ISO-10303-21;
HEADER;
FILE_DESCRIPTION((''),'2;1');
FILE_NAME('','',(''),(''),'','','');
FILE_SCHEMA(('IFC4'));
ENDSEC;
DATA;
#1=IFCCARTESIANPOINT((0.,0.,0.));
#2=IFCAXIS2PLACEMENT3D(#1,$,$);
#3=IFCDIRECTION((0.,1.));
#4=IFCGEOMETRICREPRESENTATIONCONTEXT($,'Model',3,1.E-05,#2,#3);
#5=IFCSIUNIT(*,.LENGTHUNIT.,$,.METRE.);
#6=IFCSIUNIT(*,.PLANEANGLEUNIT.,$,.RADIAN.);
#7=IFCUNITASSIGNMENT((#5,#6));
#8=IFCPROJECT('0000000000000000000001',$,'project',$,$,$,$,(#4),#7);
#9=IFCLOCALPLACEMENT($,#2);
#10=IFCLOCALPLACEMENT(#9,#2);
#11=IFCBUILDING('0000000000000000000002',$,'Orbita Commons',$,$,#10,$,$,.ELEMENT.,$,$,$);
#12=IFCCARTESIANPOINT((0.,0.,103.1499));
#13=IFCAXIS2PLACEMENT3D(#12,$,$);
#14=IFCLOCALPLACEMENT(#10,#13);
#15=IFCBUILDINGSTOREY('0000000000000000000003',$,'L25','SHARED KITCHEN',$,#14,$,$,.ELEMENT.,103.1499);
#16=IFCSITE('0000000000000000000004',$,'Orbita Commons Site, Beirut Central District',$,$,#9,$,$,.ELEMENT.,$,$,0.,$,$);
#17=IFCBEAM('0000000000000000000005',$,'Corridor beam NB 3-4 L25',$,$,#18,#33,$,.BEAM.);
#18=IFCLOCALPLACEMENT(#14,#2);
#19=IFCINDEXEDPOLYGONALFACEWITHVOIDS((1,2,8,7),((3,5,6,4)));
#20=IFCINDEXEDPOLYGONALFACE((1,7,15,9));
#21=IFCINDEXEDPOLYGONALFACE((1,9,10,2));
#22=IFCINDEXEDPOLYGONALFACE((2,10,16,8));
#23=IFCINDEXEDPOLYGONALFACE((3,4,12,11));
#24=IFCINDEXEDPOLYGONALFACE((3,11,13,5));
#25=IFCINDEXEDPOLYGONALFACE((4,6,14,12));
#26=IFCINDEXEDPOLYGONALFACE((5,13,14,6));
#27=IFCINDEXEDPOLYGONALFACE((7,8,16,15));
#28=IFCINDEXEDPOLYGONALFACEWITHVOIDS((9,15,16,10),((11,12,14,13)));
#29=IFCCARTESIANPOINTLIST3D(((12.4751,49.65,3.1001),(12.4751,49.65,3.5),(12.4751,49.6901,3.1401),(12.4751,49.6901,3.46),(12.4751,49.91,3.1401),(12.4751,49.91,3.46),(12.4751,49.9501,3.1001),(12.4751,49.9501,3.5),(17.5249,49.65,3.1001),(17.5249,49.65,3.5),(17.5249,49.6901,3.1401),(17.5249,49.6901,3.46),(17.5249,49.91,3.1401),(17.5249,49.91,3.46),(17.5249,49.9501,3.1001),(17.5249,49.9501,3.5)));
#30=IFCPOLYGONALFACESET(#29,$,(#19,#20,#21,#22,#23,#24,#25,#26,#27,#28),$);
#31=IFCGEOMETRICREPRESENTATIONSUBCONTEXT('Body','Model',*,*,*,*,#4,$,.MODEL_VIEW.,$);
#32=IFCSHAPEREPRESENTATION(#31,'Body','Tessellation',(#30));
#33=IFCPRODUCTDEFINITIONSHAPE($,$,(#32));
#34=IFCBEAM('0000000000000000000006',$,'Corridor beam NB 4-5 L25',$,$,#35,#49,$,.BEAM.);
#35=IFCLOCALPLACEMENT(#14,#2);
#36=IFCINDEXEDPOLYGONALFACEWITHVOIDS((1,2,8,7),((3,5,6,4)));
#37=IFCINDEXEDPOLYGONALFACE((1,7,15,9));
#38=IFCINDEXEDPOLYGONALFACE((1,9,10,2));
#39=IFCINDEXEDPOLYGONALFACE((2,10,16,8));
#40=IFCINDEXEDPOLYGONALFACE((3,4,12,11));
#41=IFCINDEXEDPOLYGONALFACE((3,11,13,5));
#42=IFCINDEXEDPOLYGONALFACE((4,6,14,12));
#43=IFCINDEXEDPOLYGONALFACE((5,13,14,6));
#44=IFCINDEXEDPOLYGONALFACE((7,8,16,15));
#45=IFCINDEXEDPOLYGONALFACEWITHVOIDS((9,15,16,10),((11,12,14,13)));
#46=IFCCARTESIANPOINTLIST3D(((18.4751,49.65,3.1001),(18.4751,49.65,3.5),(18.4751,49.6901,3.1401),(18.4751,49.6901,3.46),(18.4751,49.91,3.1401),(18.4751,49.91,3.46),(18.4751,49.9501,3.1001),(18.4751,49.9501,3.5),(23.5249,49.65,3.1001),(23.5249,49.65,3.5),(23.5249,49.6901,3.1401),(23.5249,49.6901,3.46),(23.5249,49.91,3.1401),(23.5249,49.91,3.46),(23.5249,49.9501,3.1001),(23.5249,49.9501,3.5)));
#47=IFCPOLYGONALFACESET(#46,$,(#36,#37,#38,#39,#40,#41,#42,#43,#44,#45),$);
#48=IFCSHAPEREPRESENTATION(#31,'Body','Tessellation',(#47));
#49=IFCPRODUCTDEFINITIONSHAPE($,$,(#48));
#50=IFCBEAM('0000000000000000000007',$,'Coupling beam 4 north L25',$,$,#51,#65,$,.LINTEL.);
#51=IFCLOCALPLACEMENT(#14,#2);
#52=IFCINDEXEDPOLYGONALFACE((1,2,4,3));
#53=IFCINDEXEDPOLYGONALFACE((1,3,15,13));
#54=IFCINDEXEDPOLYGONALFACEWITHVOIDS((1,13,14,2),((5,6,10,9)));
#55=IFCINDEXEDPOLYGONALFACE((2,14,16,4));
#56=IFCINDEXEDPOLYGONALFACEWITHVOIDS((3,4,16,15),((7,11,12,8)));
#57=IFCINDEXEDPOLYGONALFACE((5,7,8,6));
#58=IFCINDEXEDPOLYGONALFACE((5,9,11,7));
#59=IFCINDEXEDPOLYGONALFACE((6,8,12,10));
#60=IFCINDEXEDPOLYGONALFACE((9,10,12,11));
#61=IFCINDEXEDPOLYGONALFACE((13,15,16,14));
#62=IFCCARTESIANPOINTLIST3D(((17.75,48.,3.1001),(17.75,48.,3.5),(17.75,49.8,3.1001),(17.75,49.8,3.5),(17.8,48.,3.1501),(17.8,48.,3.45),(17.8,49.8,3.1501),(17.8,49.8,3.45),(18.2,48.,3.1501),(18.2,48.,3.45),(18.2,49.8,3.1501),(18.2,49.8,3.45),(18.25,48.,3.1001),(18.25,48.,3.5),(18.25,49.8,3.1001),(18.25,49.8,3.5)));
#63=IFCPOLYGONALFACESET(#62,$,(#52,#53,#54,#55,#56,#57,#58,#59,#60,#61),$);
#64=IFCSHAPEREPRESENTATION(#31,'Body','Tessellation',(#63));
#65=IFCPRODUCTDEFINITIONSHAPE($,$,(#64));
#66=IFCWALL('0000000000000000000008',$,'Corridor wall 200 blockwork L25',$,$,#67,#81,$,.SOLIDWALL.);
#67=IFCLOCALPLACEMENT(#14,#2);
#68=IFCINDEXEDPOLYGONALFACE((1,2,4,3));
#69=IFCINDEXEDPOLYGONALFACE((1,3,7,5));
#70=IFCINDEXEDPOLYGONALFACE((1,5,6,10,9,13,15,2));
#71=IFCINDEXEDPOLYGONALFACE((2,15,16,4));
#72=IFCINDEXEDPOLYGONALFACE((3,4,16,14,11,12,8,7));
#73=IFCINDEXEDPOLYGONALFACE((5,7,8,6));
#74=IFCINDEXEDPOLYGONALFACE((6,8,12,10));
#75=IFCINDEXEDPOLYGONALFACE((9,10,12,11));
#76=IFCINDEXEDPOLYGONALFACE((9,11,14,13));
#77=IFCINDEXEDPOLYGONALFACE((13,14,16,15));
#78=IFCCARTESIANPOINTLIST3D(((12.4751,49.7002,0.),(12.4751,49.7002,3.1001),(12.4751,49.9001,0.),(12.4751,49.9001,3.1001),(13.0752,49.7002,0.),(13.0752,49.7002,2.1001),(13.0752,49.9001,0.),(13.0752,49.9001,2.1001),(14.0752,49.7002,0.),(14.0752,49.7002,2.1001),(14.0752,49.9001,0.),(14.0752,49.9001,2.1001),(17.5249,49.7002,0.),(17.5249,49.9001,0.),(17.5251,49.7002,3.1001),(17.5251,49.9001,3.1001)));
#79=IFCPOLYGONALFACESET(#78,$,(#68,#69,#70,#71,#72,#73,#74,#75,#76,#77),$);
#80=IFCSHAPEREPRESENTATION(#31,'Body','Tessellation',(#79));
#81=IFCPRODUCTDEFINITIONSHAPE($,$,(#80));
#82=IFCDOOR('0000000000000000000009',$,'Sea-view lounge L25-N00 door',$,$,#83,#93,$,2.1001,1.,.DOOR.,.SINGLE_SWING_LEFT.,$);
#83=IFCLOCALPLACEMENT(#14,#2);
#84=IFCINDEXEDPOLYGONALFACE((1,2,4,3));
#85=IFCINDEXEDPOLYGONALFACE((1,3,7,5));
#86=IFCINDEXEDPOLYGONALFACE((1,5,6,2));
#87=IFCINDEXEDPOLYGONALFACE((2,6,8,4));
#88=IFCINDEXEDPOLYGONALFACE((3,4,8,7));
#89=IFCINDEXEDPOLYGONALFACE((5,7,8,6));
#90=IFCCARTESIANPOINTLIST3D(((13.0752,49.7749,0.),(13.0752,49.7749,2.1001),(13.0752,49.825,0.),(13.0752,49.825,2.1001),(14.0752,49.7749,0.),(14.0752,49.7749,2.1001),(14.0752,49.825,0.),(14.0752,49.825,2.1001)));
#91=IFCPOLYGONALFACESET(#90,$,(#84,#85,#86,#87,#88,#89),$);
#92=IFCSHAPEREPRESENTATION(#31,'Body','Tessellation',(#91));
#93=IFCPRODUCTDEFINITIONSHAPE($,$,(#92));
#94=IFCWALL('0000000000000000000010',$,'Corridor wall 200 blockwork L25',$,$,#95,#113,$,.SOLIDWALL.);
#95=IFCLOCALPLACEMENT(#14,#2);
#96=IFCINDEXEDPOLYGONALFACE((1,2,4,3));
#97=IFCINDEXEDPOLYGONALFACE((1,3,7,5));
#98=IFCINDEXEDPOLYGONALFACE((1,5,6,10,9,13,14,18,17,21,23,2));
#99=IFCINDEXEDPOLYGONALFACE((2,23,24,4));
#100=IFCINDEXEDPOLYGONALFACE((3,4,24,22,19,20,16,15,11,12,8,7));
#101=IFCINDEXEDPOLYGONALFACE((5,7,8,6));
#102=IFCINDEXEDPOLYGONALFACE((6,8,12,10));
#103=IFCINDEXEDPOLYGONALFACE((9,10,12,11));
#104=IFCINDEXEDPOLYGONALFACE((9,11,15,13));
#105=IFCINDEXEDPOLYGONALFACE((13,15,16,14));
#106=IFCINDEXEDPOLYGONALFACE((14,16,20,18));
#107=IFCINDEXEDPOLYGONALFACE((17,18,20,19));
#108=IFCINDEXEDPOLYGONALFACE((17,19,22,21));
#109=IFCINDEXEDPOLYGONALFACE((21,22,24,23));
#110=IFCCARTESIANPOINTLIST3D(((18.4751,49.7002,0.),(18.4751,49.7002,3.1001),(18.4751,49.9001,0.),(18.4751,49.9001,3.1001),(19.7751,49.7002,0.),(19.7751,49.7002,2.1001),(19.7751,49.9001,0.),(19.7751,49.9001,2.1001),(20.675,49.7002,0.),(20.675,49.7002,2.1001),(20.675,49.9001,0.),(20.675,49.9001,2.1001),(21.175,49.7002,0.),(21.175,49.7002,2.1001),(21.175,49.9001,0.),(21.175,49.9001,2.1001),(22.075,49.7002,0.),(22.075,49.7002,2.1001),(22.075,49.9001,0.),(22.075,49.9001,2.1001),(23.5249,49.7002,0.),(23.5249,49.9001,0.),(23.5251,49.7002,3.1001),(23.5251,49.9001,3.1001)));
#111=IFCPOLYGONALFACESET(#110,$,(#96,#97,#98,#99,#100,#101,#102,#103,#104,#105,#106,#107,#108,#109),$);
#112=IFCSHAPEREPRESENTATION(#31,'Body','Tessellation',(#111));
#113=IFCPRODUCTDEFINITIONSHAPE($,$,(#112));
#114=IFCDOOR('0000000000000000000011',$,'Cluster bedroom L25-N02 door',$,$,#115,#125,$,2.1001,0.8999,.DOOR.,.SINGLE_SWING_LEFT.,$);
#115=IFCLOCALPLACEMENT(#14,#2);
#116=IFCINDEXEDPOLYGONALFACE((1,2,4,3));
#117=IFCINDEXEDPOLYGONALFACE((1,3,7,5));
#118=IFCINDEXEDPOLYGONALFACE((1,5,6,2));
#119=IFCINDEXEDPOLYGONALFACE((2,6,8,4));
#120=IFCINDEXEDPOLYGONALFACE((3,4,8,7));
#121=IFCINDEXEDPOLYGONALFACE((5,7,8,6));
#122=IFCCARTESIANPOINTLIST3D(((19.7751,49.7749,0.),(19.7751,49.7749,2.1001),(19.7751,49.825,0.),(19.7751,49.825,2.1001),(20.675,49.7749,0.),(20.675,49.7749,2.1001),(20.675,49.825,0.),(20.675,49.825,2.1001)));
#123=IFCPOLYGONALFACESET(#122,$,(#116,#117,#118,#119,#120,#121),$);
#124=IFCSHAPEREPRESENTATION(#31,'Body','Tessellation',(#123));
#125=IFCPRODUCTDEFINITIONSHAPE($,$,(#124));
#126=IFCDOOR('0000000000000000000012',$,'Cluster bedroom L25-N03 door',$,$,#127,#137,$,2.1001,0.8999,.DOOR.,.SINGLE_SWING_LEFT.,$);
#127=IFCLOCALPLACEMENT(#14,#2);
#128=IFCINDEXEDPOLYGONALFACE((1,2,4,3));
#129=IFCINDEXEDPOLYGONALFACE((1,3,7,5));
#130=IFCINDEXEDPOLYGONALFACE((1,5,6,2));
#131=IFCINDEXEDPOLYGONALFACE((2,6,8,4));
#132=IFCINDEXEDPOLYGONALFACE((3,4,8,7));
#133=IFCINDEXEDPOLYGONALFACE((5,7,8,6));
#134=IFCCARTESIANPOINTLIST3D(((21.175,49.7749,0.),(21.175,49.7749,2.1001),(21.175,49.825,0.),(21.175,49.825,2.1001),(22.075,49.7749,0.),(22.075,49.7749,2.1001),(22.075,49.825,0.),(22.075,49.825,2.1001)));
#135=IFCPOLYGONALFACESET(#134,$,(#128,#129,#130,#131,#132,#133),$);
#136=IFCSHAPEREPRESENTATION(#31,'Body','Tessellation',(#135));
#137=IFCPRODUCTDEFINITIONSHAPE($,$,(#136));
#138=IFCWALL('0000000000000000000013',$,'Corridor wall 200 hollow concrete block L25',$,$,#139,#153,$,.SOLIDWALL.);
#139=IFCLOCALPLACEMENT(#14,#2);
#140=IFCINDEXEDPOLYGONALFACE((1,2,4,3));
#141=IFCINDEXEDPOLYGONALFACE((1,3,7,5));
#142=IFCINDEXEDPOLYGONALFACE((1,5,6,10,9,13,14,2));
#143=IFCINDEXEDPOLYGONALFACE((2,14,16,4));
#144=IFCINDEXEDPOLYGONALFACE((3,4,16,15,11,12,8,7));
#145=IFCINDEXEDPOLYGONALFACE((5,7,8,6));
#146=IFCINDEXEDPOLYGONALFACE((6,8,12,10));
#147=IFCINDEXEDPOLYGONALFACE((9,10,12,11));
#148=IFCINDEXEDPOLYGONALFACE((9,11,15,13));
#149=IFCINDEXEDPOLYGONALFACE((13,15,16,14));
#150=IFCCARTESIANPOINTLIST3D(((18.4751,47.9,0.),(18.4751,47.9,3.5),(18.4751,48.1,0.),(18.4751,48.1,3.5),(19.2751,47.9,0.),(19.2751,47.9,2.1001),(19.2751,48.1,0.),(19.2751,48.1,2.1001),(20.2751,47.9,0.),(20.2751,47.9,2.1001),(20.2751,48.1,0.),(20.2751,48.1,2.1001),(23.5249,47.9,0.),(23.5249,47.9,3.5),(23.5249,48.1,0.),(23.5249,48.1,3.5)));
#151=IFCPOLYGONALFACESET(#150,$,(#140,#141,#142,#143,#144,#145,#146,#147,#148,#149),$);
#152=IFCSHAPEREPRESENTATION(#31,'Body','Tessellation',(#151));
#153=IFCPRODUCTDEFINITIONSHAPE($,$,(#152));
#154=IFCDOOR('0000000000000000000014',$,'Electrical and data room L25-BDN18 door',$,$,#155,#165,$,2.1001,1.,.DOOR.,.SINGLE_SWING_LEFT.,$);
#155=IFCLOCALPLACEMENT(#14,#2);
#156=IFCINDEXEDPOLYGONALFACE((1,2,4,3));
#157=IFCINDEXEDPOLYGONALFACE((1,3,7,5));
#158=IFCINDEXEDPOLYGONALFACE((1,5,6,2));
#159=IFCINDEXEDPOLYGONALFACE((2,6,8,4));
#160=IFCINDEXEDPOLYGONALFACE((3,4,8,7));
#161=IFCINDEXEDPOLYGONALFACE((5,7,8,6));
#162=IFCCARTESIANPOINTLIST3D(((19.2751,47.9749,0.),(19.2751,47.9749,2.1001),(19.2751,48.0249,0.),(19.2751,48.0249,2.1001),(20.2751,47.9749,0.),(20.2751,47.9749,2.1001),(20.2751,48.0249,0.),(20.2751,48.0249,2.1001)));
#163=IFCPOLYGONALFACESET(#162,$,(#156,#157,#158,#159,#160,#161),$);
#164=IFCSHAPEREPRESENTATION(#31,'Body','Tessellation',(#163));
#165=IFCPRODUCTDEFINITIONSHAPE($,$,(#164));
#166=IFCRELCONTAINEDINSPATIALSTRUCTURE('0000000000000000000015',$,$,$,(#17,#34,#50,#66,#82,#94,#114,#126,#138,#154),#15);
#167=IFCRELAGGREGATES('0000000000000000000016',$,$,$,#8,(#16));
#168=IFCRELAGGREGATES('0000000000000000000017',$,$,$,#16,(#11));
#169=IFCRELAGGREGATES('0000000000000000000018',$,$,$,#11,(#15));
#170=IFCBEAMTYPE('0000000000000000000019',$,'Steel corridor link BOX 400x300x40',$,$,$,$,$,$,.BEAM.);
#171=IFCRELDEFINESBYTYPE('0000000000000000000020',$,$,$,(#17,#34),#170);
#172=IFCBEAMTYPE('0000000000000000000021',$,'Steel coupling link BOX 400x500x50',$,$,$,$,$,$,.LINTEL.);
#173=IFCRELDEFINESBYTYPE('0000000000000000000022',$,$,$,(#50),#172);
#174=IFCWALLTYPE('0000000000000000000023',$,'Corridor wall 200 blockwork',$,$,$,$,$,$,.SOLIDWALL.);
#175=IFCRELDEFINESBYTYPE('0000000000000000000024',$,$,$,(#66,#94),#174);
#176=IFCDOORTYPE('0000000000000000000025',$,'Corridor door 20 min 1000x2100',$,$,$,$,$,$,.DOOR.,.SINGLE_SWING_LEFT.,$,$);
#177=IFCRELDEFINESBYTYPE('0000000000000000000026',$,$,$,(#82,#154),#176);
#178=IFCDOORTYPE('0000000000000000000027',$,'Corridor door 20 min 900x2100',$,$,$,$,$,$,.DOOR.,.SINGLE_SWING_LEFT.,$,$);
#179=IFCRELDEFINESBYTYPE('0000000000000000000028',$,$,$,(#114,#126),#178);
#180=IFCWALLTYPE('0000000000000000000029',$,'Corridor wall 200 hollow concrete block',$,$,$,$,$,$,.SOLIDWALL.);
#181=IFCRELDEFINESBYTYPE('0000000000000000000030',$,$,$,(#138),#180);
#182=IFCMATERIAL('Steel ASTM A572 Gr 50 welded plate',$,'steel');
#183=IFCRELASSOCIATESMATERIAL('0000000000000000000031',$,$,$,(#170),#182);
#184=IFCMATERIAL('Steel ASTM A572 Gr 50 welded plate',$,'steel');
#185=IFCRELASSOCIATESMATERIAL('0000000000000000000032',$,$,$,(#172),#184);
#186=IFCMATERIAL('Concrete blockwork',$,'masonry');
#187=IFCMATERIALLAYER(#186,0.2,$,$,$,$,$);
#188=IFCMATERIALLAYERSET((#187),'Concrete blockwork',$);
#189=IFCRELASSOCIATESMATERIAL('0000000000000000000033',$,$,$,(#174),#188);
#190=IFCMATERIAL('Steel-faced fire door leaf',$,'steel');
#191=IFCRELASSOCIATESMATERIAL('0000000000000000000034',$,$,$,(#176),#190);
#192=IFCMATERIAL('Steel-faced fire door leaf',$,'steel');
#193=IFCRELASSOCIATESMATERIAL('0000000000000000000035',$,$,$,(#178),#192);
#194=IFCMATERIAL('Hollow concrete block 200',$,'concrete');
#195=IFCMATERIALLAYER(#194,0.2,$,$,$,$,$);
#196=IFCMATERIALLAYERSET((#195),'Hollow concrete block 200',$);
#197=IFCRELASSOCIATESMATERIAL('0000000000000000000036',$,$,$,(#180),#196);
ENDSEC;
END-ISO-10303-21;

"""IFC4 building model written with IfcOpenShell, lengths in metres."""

from ifc_helpers import new_model, si_unit, direction, frame, frame_2d, origin, origin_2d, place, context, subcontext, project, spatial, polyline, rectangle, hollow_rectangle, outline, extrude, material, layer, layer_set, material_profile, profile_set, type_object, element, fill, save


model = new_model("IFC4")

# Units and contexts
model_context = context("Model", 3, precision=1e-05, world=origin(), true_north=direction((0.0, 1.0)))
body_context = subcontext(model_context, "Body", "Model", "MODEL_VIEW")
ifc_project = project(units=[si_unit("LENGTHUNIT", "METRE"), si_unit("PLANEANGLEUNIT", "RADIAN")], contexts=[model_context])

# Site, building, storey
site_placement = place(None, origin())
site = spatial("IfcSite", under=ifc_project, at=site_placement, Name="Orbita Commons Site, Beirut Central District", CompositionType="ELEMENT", RefElevation=0.0)
building_placement = place(site_placement, origin())
building = spatial("IfcBuilding", under=site, at=building_placement, Name="Orbita Commons", CompositionType="ELEMENT")
storey_placement = place(building_placement, frame((0.0, 0.0, 103.1499)))
storey = spatial("IfcBuildingStorey", under=building, at=storey_placement, Name="L25", Description="SHARED KITCHEN", CompositionType="ELEMENT", Elevation=103.1499)

# Beams
ifc_material_1 = material(Name="Steel ASTM A572 Gr 50 welded plate", Category="steel")
ifc_material_profile_1 = material_profile(ifc_material_1, hollow_rectangle(XDim=0.3, YDim=0.3999, WallThickness=0.04, at=origin_2d()), Name="BOX 400x300x40")
ifc_profile_set_1 = profile_set([ifc_material_profile_1], Name="Steel ASTM A572 Gr 50 welded plate")
beam_type_1 = type_object("IfcBeamType", Name="Steel corridor link BOX 400x300x40", PredefinedType="BEAM", material=ifc_profile_set_1)
for number, where, z_axis, x_axis, name in (
    (1, (12.4751, 49.8, 3.3), (1.0, 0.0, 0.0), (0.0, 1.0, 0.0), "Corridor beam NB 3-4 L25"),
    (2, (18.4751, 49.8, 3.3), (1.0, 0.0, 0.0), (0.0, 1.0, 0.0), "Corridor beam NB 4-5 L25"),
):
    element("IfcBeam", number, at=place(storey_placement, frame(where, z_axis=z_axis, x_axis=x_axis)), inside=storey, type_object=beam_type_1, Name=name, PredefinedType="BEAM", context=body_context, shape_type="SweptSolid", body=[
        extrude(hollow_rectangle(XDim=0.3, YDim=0.3999, WallThickness=0.04, at=origin_2d()), origin(), (0.0, 0.0, 1.0), 5.0498),
    ])
ifc_material_2 = material(Name="Steel ASTM A572 Gr 50 welded plate", Category="steel")
ifc_material_profile_2 = material_profile(ifc_material_2, hollow_rectangle(XDim=0.5, YDim=0.3999, WallThickness=0.05, at=origin_2d()), Name="BOX 400x500x50")
ifc_profile_set_2 = profile_set([ifc_material_profile_2], Name="Steel ASTM A572 Gr 50 welded plate")
beam_type_2 = type_object("IfcBeamType", Name="Steel coupling link BOX 400x500x50", PredefinedType="LINTEL", material=ifc_profile_set_2)
beam_placement = place(storey_placement, frame((18.0, 48.0, 3.3), z_axis=(0.0, 1.0, 0.0), x_axis=(-1.0, 0.0, 0.0)))
element("IfcBeam", 3, at=beam_placement, inside=storey, type_object=beam_type_2, Name="Coupling beam 4 north L25", PredefinedType="LINTEL", context=body_context, shape_type="SweptSolid", body=[
    extrude(hollow_rectangle(XDim=0.5, YDim=0.3999, WallThickness=0.05, at=origin_2d()), origin(), (0.0, 0.0, 1.0), 1.8),
])

# Wall, opening, door
ifc_material_3 = material(Name="Concrete blockwork", Category="masonry")
ifc_layer_1 = layer(ifc_material_3, 0.2)
ifc_layer_set_1 = layer_set([ifc_layer_1], Name="Concrete blockwork")
wall_type_1 = type_object("IfcWallType", Name="Corridor wall 200 blockwork", PredefinedType="SOLIDWALL", material=ifc_layer_set_1)
wall_1_placement = place(storey_placement, frame((12.4751, 49.8, 0.0), z_axis=(0.0, 0.0, 1.0), x_axis=(1.0, 0.0, 0.0)))
wall_1 = element("IfcWall", 4, at=wall_1_placement, inside=storey, type_object=wall_type_1, Name="Corridor wall 200 blockwork L25", PredefinedType="SOLIDWALL", context=body_context, shape_type="SweptSolid", body=[
    extrude(outline(polyline([(0.0, 0.0), (5.0498, 0.0), (5.05, 3.1001), (0.0, 3.1001), (0.0, 0.0)])), frame((0.0, 0.1001, 0.0), z_axis=(0.0, -1.0, 0.0), x_axis=(1.0, 0.0, 0.0)), (0.0, 0.0, 1.0), 0.2),
])
opening_1_placement = place(wall_1_placement, frame((0.6001, 0.0, 0.0)))
opening_1 = element("IfcOpeningElement", 5, at=opening_1_placement, cuts=wall_1, PredefinedType="OPENING", context=body_context, shape_type="SweptSolid", body=[
    extrude(rectangle(XDim=1.0, YDim=2.1001, at=frame_2d((0.5, 1.05))), frame((0.0, 0.1099, 0.0), z_axis=(0.0, -1.0, 0.0), x_axis=(1.0, 0.0, 0.0)), (0.0, 0.0, 1.0), 0.22),
])
ifc_material_4 = material(Name="Steel-faced fire door leaf", Category="steel")
door_type_1 = type_object("IfcDoorType", Name="Corridor door 20 min 1000x2100", OperationType="SINGLE_SWING_LEFT", PredefinedType="DOOR", material=ifc_material_4)
door_1_placement = place(opening_1_placement, origin())
door_1 = element("IfcDoor", 6, at=door_1_placement, inside=storey, type_object=door_type_1, Name="Sea-view lounge L25-N00 door", OperationType="SINGLE_SWING_LEFT", OverallHeight=2.1001, OverallWidth=1.0, PredefinedType="DOOR", context=body_context, shape_type="SweptSolid", body=[
    extrude(rectangle(XDim=1.0, YDim=2.1001, at=frame_2d((0.5, 1.05))), frame((0.0, 0.0249, 0.0), z_axis=(0.0, -1.0, 0.0), x_axis=(1.0, 0.0, 0.0)), (0.0, 0.0, 1.0), 0.05),
])
fill(opening_1, door_1)

# Wall, openings, doors
wall_2_placement = place(storey_placement, frame((18.4751, 49.8, 0.0), z_axis=(0.0, 0.0, 1.0), x_axis=(1.0, 0.0, 0.0)))
wall_2 = element("IfcWall", 7, at=wall_2_placement, inside=storey, type_object=wall_type_1, Name="Corridor wall 200 blockwork L25", PredefinedType="SOLIDWALL", context=body_context, shape_type="SweptSolid", body=[
    extrude(outline(polyline([(0.0, 0.0), (5.0498, 0.0), (5.05, 3.1001), (0.0, 3.1001), (0.0, 0.0)])), frame((0.0, 0.1001, 0.0), z_axis=(0.0, -1.0, 0.0), x_axis=(1.0, 0.0, 0.0)), (0.0, 0.0, 1.0), 0.2),
])
opening_2_placement = place(wall_2_placement, frame((1.3, 0.0, 0.0)))
opening_2 = element("IfcOpeningElement", 8, at=opening_2_placement, cuts=wall_2, PredefinedType="OPENING", context=body_context, shape_type="SweptSolid", body=[
    extrude(rectangle(XDim=0.8999, YDim=2.1001, at=frame_2d((0.45, 1.05))), frame((0.0, 0.1099, 0.0), z_axis=(0.0, -1.0, 0.0), x_axis=(1.0, 0.0, 0.0)), (0.0, 0.0, 1.0), 0.22),
])
opening_3_placement = place(wall_2_placement, frame((2.7, 0.0, 0.0)))
opening_3 = element("IfcOpeningElement", 9, at=opening_3_placement, cuts=wall_2, PredefinedType="OPENING", context=body_context, shape_type="SweptSolid", body=[
    extrude(rectangle(XDim=0.8999, YDim=2.1001, at=frame_2d((0.45, 1.05))), frame((0.0, 0.1099, 0.0), z_axis=(0.0, -1.0, 0.0), x_axis=(1.0, 0.0, 0.0)), (0.0, 0.0, 1.0), 0.22),
])
ifc_material_5 = material(Name="Steel-faced fire door leaf", Category="steel")
door_type_2 = type_object("IfcDoorType", Name="Corridor door 20 min 900x2100", OperationType="SINGLE_SWING_LEFT", PredefinedType="DOOR", material=ifc_material_5)
door_2_placement = place(opening_2_placement, origin())
door_2 = element("IfcDoor", 10, at=door_2_placement, inside=storey, type_object=door_type_2, Name="Cluster bedroom L25-N02 door", OperationType="SINGLE_SWING_LEFT", OverallHeight=2.1001, OverallWidth=0.8999, PredefinedType="DOOR", context=body_context, shape_type="SweptSolid", body=[
    extrude(rectangle(XDim=0.8999, YDim=2.1001, at=frame_2d((0.45, 1.05))), frame((0.0, 0.0249, 0.0), z_axis=(0.0, -1.0, 0.0), x_axis=(1.0, 0.0, 0.0)), (0.0, 0.0, 1.0), 0.05),
])
fill(opening_2, door_2)
door_3_placement = place(opening_3_placement, origin())
door_3 = element("IfcDoor", 11, at=door_3_placement, inside=storey, type_object=door_type_2, Name="Cluster bedroom L25-N03 door", OperationType="SINGLE_SWING_LEFT", OverallHeight=2.1001, OverallWidth=0.8999, PredefinedType="DOOR", context=body_context, shape_type="SweptSolid", body=[
    extrude(rectangle(XDim=0.8999, YDim=2.1001, at=frame_2d((0.45, 1.05))), frame((0.0, 0.0249, 0.0), z_axis=(0.0, -1.0, 0.0), x_axis=(1.0, 0.0, 0.0)), (0.0, 0.0, 1.0), 0.05),
])
fill(opening_3, door_3)

# Wall, opening, door
ifc_material_6 = material(Name="Hollow concrete block 200", Category="concrete")
ifc_layer_2 = layer(ifc_material_6, 0.2)
ifc_layer_set_2 = layer_set([ifc_layer_2], Name="Hollow concrete block 200")
wall_type_2 = type_object("IfcWallType", Name="Corridor wall 200 hollow concrete block", PredefinedType="SOLIDWALL", material=ifc_layer_set_2)
wall_3_placement = place(storey_placement, frame((18.4751, 48.0, 0.0), z_axis=(0.0, 0.0, 1.0), x_axis=(1.0, 0.0, 0.0)))
wall_3 = element("IfcWall", 12, at=wall_3_placement, inside=storey, type_object=wall_type_2, Name="Corridor wall 200 hollow concrete block L25", PredefinedType="SOLIDWALL", context=body_context, shape_type="SweptSolid", body=[
    extrude(rectangle(XDim=5.0498, YDim=0.2, at=frame_2d((2.5249, 0.0))), origin(), (0.0, 0.0, 1.0), 3.5),
])
opening_4_placement = place(wall_3_placement, frame((0.8, 0.0, 0.0)))
opening_4 = element("IfcOpeningElement", 13, at=opening_4_placement, cuts=wall_3, PredefinedType="OPENING", context=body_context, shape_type="SweptSolid", body=[
    extrude(rectangle(XDim=1.0, YDim=2.1001, at=frame_2d((0.5, 1.05))), frame((0.0, 0.1099, 0.0), z_axis=(0.0, -1.0, 0.0), x_axis=(1.0, 0.0, 0.0)), (0.0, 0.0, 1.0), 0.22),
])
door_4_placement = place(opening_4_placement, origin())
door_4 = element("IfcDoor", 14, at=door_4_placement, inside=storey, type_object=door_type_1, Name="Electrical and data room L25-BDN18 door", OperationType="SINGLE_SWING_LEFT", OverallHeight=2.1001, OverallWidth=1.0, PredefinedType="DOOR", context=body_context, shape_type="SweptSolid", body=[
    extrude(rectangle(XDim=1.0, YDim=2.1001, at=frame_2d((0.5, 1.05))), frame((0.0, 0.0249, 0.0), z_axis=(0.0, -1.0, 0.0), x_axis=(1.0, 0.0, 0.0)), (0.0, 0.0, 1.0), 0.05),
])
fill(opening_4, door_4)

save(model, "model.ifc")
